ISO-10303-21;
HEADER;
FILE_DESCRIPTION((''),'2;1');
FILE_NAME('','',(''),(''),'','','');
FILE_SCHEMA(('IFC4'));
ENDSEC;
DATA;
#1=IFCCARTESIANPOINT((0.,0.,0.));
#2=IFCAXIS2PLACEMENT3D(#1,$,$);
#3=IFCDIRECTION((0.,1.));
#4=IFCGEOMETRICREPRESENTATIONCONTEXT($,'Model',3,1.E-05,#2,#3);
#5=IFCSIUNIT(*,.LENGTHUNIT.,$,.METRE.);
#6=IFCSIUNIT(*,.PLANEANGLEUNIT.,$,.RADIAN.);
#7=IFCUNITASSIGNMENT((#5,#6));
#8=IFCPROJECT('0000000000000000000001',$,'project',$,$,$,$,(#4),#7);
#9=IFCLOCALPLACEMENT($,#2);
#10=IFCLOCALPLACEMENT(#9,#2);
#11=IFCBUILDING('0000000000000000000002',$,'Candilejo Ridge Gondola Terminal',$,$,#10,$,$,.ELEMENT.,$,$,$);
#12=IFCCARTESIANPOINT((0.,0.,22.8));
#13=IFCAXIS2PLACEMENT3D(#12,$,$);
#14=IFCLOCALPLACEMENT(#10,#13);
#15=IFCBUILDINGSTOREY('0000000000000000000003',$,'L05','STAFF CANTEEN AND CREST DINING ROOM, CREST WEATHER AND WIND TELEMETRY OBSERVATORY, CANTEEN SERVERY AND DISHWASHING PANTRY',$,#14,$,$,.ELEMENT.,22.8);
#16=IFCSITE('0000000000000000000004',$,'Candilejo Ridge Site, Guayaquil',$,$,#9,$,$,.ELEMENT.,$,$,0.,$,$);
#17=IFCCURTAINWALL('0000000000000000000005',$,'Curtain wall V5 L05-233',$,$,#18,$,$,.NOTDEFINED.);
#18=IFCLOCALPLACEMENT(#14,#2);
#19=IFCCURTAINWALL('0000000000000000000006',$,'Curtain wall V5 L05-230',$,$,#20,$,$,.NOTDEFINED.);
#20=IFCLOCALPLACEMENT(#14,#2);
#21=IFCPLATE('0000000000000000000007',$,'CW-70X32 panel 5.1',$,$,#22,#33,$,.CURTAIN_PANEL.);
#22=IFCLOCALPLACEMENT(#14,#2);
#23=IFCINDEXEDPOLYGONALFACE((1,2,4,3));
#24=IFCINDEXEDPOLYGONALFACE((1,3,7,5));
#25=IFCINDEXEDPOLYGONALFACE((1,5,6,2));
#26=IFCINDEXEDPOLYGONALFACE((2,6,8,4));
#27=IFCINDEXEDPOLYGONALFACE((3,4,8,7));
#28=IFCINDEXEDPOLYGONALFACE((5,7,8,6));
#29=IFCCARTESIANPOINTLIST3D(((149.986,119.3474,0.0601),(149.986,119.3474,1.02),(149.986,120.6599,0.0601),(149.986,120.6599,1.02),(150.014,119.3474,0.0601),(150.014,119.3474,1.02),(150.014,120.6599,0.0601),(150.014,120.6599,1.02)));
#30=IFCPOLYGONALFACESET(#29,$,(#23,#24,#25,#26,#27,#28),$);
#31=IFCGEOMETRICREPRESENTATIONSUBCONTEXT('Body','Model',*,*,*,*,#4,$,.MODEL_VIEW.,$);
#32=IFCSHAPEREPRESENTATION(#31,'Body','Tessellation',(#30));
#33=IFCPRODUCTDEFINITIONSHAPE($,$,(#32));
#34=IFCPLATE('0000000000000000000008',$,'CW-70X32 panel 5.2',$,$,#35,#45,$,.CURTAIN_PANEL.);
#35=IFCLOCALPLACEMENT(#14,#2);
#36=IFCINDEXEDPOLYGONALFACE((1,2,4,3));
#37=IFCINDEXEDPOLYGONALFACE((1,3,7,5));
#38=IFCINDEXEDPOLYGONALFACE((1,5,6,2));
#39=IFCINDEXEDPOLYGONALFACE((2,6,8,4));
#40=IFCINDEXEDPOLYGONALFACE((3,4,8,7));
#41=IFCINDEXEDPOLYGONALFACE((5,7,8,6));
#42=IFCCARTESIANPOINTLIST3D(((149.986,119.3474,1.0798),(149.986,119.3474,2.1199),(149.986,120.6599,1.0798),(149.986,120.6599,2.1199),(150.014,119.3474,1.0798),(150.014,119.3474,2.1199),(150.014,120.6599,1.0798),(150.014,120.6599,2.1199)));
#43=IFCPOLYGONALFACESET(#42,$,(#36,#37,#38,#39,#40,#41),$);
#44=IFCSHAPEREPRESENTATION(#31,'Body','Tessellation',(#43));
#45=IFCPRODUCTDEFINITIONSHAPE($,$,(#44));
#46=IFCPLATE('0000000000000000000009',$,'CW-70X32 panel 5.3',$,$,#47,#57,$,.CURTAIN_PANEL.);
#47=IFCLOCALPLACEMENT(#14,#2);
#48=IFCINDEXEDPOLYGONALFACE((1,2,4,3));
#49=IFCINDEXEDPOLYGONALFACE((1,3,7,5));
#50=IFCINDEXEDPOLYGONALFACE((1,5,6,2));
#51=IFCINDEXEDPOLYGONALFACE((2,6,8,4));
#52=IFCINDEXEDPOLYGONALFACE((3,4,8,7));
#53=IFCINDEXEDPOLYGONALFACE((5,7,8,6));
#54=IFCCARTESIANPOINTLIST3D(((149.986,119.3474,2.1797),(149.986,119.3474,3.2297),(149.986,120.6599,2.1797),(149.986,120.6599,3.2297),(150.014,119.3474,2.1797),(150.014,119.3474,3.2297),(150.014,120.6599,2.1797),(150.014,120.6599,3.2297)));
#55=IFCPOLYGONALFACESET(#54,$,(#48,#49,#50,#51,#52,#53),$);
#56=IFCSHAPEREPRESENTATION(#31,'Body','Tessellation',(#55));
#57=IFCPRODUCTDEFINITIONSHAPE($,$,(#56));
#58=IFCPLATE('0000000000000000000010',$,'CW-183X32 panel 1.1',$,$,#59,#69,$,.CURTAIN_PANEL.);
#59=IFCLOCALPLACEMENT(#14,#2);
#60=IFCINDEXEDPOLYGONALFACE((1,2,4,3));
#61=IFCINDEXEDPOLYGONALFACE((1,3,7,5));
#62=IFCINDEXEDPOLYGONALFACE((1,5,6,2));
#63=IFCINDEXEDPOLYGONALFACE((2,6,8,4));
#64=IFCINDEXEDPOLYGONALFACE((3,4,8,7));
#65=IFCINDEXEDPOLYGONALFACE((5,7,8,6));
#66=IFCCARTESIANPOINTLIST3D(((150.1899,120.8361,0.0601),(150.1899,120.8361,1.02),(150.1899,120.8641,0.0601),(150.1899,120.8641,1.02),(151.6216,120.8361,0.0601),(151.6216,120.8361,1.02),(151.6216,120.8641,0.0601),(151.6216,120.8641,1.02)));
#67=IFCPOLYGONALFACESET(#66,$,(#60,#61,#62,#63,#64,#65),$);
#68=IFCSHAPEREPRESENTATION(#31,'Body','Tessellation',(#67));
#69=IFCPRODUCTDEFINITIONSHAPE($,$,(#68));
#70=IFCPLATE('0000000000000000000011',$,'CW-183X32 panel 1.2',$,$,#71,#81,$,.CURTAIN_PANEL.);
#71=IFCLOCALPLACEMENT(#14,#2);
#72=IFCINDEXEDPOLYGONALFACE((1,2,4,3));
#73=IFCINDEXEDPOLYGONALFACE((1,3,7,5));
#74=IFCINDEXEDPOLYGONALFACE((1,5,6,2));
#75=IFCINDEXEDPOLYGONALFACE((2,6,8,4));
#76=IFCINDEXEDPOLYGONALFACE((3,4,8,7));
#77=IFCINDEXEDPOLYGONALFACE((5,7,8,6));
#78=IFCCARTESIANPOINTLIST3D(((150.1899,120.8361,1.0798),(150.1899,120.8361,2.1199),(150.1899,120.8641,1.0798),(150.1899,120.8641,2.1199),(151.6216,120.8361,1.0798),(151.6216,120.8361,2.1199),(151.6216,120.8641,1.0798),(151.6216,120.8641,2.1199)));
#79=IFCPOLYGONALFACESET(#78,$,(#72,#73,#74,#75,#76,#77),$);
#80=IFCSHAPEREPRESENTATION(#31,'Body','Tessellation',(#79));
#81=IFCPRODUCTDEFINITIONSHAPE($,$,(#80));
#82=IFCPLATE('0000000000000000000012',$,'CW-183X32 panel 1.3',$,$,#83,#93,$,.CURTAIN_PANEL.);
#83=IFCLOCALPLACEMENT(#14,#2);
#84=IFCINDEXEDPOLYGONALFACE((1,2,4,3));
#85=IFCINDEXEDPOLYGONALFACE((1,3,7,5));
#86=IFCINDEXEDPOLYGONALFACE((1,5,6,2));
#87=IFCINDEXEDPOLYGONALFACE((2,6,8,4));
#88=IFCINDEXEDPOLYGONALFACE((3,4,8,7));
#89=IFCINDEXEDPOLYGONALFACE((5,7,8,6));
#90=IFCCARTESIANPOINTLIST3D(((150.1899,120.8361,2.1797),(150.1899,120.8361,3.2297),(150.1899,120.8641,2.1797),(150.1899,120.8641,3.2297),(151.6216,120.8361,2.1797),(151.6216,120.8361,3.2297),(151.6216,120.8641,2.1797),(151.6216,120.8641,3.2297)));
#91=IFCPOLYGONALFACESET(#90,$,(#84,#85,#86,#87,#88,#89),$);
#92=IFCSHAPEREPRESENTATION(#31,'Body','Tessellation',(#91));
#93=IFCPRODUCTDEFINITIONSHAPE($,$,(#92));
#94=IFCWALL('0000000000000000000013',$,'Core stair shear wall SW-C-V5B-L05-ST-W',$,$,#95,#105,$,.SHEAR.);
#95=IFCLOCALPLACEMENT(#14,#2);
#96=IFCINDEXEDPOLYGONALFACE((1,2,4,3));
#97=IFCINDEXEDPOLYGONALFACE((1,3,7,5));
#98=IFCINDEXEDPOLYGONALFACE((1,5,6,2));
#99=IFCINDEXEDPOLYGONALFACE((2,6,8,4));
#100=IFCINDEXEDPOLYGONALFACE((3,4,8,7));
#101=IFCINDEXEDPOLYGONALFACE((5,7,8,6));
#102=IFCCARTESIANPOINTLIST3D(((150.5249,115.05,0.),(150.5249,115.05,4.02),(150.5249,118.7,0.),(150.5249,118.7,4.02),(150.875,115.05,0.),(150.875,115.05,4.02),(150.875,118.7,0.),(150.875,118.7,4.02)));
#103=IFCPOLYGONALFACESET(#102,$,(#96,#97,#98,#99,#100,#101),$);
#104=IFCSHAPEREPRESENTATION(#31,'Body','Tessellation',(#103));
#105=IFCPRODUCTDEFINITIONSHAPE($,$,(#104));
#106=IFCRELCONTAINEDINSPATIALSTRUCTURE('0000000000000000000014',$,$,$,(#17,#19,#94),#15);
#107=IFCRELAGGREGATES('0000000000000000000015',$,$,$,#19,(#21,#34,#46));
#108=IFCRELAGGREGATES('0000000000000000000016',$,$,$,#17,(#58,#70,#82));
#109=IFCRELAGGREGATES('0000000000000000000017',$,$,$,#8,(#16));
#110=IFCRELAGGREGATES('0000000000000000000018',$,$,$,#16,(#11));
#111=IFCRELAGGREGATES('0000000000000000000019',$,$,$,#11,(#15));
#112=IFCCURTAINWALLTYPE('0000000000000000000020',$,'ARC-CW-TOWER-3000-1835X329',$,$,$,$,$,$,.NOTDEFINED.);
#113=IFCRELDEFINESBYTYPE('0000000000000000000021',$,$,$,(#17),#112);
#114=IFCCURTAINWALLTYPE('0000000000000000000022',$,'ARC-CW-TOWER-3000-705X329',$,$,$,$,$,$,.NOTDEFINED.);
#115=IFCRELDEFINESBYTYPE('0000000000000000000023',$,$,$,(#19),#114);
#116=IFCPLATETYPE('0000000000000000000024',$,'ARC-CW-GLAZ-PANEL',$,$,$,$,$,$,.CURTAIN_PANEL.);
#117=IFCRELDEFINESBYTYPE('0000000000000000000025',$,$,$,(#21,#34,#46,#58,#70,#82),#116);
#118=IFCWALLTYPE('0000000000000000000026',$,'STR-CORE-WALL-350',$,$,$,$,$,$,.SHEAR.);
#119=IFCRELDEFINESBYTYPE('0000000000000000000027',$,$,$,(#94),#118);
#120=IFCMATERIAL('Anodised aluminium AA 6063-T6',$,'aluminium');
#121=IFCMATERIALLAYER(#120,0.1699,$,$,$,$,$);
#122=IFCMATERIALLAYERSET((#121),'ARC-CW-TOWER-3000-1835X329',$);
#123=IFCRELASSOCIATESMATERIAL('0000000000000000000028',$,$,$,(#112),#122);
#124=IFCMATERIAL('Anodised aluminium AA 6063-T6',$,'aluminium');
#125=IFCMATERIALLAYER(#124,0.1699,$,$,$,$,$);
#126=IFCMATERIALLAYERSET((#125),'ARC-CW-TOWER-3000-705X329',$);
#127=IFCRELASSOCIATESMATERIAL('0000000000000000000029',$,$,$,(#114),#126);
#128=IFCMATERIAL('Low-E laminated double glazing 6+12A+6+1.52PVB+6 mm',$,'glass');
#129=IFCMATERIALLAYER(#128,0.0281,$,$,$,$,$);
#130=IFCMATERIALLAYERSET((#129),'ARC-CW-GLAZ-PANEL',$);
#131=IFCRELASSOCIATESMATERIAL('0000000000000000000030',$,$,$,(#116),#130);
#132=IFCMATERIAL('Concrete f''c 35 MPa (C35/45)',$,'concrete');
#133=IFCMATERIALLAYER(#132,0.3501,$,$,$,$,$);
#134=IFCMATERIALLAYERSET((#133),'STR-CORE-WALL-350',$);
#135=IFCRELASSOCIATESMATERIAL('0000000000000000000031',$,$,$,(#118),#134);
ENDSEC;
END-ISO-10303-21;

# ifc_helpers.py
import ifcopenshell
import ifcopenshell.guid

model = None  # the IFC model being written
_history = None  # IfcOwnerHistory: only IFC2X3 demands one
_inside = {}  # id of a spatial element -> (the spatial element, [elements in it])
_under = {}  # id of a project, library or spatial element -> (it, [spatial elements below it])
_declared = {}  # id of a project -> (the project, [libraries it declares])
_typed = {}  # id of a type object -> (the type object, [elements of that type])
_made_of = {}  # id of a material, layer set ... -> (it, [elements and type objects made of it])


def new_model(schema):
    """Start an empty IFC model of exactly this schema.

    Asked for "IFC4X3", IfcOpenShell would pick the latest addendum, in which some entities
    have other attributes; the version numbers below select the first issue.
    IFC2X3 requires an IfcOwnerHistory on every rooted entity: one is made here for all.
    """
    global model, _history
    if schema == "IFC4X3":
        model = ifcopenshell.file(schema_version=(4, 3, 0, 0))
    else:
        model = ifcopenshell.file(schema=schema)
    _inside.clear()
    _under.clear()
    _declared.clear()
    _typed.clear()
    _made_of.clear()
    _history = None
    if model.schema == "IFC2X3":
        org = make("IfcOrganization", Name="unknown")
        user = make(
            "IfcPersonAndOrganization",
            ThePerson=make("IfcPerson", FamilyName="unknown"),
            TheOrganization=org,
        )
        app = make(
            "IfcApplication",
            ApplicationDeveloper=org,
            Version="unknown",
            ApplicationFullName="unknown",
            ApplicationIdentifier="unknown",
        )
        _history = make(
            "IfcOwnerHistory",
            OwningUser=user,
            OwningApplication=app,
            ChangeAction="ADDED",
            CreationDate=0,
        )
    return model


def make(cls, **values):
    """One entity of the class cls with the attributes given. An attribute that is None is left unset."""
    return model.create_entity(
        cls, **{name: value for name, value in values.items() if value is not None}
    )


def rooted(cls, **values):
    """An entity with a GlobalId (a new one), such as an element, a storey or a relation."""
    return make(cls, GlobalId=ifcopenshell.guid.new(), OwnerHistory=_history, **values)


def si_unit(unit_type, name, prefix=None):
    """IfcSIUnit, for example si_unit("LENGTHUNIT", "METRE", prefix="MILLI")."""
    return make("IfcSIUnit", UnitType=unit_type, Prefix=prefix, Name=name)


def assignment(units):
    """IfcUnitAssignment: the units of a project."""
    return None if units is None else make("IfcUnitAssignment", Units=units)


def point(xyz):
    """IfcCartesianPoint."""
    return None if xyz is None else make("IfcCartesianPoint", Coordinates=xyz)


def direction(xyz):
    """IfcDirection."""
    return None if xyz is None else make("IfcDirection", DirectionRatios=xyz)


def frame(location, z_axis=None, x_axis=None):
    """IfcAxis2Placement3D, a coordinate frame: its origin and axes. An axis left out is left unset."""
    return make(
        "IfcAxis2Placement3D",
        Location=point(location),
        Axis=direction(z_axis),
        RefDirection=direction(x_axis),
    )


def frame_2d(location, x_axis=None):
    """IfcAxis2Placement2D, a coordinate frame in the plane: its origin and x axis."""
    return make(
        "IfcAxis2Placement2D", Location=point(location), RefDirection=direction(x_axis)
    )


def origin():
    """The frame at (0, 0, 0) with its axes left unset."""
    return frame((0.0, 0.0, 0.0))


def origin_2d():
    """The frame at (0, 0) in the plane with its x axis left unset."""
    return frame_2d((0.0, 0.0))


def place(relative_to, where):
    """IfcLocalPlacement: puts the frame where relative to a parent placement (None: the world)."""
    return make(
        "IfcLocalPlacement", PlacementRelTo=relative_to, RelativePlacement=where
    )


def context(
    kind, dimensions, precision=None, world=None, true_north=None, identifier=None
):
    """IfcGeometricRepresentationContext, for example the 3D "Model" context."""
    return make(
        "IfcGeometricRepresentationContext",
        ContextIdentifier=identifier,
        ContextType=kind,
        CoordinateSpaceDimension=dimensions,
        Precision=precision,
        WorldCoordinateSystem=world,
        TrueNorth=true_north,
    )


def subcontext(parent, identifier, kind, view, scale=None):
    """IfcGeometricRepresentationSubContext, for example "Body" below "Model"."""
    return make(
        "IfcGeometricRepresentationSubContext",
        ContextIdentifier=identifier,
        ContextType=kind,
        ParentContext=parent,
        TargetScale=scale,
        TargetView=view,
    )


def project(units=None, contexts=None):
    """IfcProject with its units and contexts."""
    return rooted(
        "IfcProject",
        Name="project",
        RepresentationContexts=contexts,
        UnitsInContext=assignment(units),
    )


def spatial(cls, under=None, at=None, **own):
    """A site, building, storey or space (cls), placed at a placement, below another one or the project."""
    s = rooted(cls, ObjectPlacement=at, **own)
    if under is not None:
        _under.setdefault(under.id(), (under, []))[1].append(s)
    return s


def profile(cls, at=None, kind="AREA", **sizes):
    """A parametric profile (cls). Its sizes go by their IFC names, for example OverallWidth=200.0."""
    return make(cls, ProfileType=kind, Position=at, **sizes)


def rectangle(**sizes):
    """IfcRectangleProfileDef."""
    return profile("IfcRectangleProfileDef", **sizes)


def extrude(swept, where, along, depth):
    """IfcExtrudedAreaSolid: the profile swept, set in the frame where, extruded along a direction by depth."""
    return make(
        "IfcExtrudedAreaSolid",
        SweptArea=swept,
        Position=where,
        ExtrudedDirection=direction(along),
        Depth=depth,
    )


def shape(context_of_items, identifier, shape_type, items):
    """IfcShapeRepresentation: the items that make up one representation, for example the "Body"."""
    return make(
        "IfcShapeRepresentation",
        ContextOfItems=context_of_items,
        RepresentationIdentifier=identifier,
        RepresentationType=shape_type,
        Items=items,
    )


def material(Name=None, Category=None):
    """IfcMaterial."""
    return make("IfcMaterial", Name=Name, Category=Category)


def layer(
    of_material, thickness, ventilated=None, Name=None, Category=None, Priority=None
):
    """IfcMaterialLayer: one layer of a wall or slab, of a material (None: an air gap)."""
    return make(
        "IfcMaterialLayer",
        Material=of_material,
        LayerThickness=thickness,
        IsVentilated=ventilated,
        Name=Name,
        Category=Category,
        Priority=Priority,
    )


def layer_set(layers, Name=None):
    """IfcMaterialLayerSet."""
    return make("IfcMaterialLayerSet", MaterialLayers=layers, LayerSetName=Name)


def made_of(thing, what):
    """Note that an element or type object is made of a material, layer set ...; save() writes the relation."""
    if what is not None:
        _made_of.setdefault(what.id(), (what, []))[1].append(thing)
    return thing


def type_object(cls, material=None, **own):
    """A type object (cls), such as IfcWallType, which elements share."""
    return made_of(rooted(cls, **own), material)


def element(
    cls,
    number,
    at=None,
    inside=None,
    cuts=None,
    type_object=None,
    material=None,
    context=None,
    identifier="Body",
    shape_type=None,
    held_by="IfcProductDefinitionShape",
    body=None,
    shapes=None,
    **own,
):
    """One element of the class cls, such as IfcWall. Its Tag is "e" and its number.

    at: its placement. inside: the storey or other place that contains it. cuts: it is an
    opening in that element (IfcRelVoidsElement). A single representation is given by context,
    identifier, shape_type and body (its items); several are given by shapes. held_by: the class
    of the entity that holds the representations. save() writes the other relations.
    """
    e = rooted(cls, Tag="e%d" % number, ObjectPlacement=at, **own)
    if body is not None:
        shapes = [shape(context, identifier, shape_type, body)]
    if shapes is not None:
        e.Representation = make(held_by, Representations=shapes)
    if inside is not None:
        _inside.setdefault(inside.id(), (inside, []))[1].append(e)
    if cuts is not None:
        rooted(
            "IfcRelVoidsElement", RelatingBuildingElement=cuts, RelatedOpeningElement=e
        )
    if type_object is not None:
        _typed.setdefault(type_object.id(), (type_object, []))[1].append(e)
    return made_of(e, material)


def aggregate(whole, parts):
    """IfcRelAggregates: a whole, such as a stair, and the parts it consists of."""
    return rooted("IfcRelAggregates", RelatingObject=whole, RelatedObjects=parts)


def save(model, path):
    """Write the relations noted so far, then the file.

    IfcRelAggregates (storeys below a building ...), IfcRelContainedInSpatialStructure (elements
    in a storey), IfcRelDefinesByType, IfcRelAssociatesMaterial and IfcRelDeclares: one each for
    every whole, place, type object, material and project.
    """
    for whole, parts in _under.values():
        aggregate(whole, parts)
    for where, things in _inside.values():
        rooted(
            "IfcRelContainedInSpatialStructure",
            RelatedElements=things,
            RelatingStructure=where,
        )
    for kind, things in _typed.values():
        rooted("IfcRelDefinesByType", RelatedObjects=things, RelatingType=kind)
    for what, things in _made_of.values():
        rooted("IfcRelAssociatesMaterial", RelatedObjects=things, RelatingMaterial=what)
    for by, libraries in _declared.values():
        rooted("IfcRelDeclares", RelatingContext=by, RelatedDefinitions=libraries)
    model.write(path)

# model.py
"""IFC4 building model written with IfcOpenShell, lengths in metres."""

from ifc_helpers import new_model, si_unit, direction, frame, frame_2d, origin, origin_2d, place, context, subcontext, project, spatial, rectangle, extrude, material, layer, layer_set, type_object, element, aggregate, save


model = new_model("IFC4")

# Units and contexts
model_context = context("Model", 3, precision=1e-05, world=origin(), true_north=direction((0.0, 1.0)))
body_context = subcontext(model_context, "Body", "Model", "MODEL_VIEW")
ifc_project = project(units=[si_unit("LENGTHUNIT", "METRE"), si_unit("PLANEANGLEUNIT", "RADIAN")], contexts=[model_context])

# Site, building, storey
site_placement = place(None, origin())
site = spatial("IfcSite", under=ifc_project, at=site_placement, Name="Candilejo Ridge Site, Guayaquil", CompositionType="ELEMENT", RefElevation=0.0)
building_placement = place(site_placement, origin())
building = spatial("IfcBuilding", under=site, at=building_placement, Name="Candilejo Ridge Gondola Terminal", CompositionType="ELEMENT")
storey_placement = place(building_placement, frame((0.0, 0.0, 22.8)))
storey = spatial("IfcBuildingStorey", under=building, at=storey_placement, Name="L05", Description="STAFF CANTEEN AND CREST DINING ROOM, CREST WEATHER AND WIND TELEMETRY OBSERVATORY, CANTEEN SERVERY AND DISHWASHING PANTRY", CompositionType="ELEMENT", Elevation=22.8)

# Curtain walls
ifc_material_1 = material(Name="Anodised aluminium AA 6063-T6", Category="aluminium")
ifc_layer_1 = layer(ifc_material_1, 0.1699)
ifc_layer_set_1 = layer_set([ifc_layer_1], Name="ARC-CW-TOWER-3000-1835X329")
curtain_wall_type_1 = type_object("IfcCurtainWallType", Name="ARC-CW-TOWER-3000-1835X329", PredefinedType="NOTDEFINED", material=ifc_layer_set_1)
curtain_wall_1_placement = place(storey_placement, origin())
curtain_wall_1 = element("IfcCurtainWall", 1, at=curtain_wall_1_placement, inside=storey, type_object=curtain_wall_type_1, Name="Curtain wall V5 L05-233", PredefinedType="NOTDEFINED")
ifc_material_2 = material(Name="Anodised aluminium AA 6063-T6", Category="aluminium")
ifc_layer_2 = layer(ifc_material_2, 0.1699)
ifc_layer_set_2 = layer_set([ifc_layer_2], Name="ARC-CW-TOWER-3000-705X329")
curtain_wall_type_2 = type_object("IfcCurtainWallType", Name="ARC-CW-TOWER-3000-705X329", PredefinedType="NOTDEFINED", material=ifc_layer_set_2)
curtain_wall_2_placement = place(storey_placement, origin())
curtain_wall_2 = element("IfcCurtainWall", 2, at=curtain_wall_2_placement, inside=storey, type_object=curtain_wall_type_2, Name="Curtain wall V5 L05-230", PredefinedType="NOTDEFINED")

# Plates
ifc_material_3 = material(Name="Low-E laminated double glazing 6+12A+6+1.52PVB+6 mm", Category="glass")
ifc_layer_3 = layer(ifc_material_3, 0.0281)
ifc_layer_set_3 = layer_set([ifc_layer_3], Name="ARC-CW-GLAZ-PANEL")
plate_type = type_object("IfcPlateType", Name="ARC-CW-GLAZ-PANEL", PredefinedType="CURTAIN_PANEL", material=ifc_layer_set_3)
plate_1_placement = place(storey_placement, frame((150.0, 120.0037, 0.0601), z_axis=(0.0, 0.0, 1.0), x_axis=(0.0, 1.0, 0.0)))
plate_1 = element("IfcPlate", 3, at=plate_1_placement, type_object=plate_type, Name="CW-70X32 panel 5.1", PredefinedType="CURTAIN_PANEL", context=body_context, shape_type="SweptSolid", body=[
    extrude(rectangle(XDim=1.3125, YDim=0.0281, at=origin_2d()), origin(), (0.0, 0.0, 1.0), 0.96),
])
plate_2_placement = place(storey_placement, frame((150.0, 120.0037, 1.0798), z_axis=(0.0, 0.0, 1.0), x_axis=(0.0, 1.0, 0.0)))
plate_2 = element("IfcPlate", 4, at=plate_2_placement, type_object=plate_type, Name="CW-70X32 panel 5.2", PredefinedType="CURTAIN_PANEL", context=body_context, shape_type="SweptSolid", body=[
    extrude(rectangle(XDim=1.3125, YDim=0.0281, at=origin_2d()), origin(), (0.0, 0.0, 1.0), 1.04),
])
plate_3_placement = place(storey_placement, frame((150.0, 120.0037, 2.1797), z_axis=(0.0, 0.0, 1.0), x_axis=(0.0, 1.0, 0.0)))
plate_3 = element("IfcPlate", 5, at=plate_3_placement, type_object=plate_type, Name="CW-70X32 panel 5.3", PredefinedType="CURTAIN_PANEL", context=body_context, shape_type="SweptSolid", body=[
    extrude(rectangle(XDim=1.3125, YDim=0.0281, at=origin_2d()), origin(), (0.0, 0.0, 1.0), 1.05),
])
aggregate(curtain_wall_2, [plate_1, plate_2, plate_3])
plate_4_placement = place(storey_placement, frame((150.9058, 120.8501, 0.0601), z_axis=(0.0, 0.0, 1.0), x_axis=(1.0, 0.0, 0.0)))
plate_4 = element("IfcPlate", 6, at=plate_4_placement, type_object=plate_type, Name="CW-183X32 panel 1.1", PredefinedType="CURTAIN_PANEL", context=body_context, shape_type="SweptSolid", body=[
    extrude(rectangle(XDim=1.4316, YDim=0.0281, at=origin_2d()), origin(), (0.0, 0.0, 1.0), 0.96),
])
plate_5_placement = place(storey_placement, frame((150.9058, 120.8501, 1.0798), z_axis=(0.0, 0.0, 1.0), x_axis=(1.0, 0.0, 0.0)))
plate_5 = element("IfcPlate", 7, at=plate_5_placement, type_object=plate_type, Name="CW-183X32 panel 1.2", PredefinedType="CURTAIN_PANEL", context=body_context, shape_type="SweptSolid", body=[
    extrude(rectangle(XDim=1.4316, YDim=0.0281, at=origin_2d()), origin(), (0.0, 0.0, 1.0), 1.04),
])
plate_6_placement = place(storey_placement, frame((150.9058, 120.8501, 2.1797), z_axis=(0.0, 0.0, 1.0), x_axis=(1.0, 0.0, 0.0)))
plate_6 = element("IfcPlate", 8, at=plate_6_placement, type_object=plate_type, Name="CW-183X32 panel 1.3", PredefinedType="CURTAIN_PANEL", context=body_context, shape_type="SweptSolid", body=[
    extrude(rectangle(XDim=1.4316, YDim=0.0281, at=origin_2d()), origin(), (0.0, 0.0, 1.0), 1.05),
])
aggregate(curtain_wall_1, [plate_4, plate_5, plate_6])

# Wall
ifc_material_4 = material(Name="Concrete f'c 35 MPa (C35/45)", Category="concrete")
ifc_layer_4 = layer(ifc_material_4, 0.3501)
ifc_layer_set_4 = layer_set([ifc_layer_4], Name="STR-CORE-WALL-350")
wall_type = type_object("IfcWallType", Name="STR-CORE-WALL-350", PredefinedType="SHEAR", material=ifc_layer_set_4)
wall_placement = place(storey_placement, frame((150.7, 118.7, 0.0), z_axis=(0.0, 0.0, 1.0), x_axis=(0.0, -1.0, 0.0)))
element("IfcWall", 9, at=wall_placement, inside=storey, type_object=wall_type, Name="Core stair shear wall SW-C-V5B-L05-ST-W", PredefinedType="SHEAR", context=body_context, shape_type="SweptSolid", body=[
    extrude(rectangle(XDim=3.6499, YDim=0.3501, at=frame_2d((1.825, 0.0))), origin(), (0.0, 0.0, 1.0), 4.02),
])

save(model, "model.ifc")
